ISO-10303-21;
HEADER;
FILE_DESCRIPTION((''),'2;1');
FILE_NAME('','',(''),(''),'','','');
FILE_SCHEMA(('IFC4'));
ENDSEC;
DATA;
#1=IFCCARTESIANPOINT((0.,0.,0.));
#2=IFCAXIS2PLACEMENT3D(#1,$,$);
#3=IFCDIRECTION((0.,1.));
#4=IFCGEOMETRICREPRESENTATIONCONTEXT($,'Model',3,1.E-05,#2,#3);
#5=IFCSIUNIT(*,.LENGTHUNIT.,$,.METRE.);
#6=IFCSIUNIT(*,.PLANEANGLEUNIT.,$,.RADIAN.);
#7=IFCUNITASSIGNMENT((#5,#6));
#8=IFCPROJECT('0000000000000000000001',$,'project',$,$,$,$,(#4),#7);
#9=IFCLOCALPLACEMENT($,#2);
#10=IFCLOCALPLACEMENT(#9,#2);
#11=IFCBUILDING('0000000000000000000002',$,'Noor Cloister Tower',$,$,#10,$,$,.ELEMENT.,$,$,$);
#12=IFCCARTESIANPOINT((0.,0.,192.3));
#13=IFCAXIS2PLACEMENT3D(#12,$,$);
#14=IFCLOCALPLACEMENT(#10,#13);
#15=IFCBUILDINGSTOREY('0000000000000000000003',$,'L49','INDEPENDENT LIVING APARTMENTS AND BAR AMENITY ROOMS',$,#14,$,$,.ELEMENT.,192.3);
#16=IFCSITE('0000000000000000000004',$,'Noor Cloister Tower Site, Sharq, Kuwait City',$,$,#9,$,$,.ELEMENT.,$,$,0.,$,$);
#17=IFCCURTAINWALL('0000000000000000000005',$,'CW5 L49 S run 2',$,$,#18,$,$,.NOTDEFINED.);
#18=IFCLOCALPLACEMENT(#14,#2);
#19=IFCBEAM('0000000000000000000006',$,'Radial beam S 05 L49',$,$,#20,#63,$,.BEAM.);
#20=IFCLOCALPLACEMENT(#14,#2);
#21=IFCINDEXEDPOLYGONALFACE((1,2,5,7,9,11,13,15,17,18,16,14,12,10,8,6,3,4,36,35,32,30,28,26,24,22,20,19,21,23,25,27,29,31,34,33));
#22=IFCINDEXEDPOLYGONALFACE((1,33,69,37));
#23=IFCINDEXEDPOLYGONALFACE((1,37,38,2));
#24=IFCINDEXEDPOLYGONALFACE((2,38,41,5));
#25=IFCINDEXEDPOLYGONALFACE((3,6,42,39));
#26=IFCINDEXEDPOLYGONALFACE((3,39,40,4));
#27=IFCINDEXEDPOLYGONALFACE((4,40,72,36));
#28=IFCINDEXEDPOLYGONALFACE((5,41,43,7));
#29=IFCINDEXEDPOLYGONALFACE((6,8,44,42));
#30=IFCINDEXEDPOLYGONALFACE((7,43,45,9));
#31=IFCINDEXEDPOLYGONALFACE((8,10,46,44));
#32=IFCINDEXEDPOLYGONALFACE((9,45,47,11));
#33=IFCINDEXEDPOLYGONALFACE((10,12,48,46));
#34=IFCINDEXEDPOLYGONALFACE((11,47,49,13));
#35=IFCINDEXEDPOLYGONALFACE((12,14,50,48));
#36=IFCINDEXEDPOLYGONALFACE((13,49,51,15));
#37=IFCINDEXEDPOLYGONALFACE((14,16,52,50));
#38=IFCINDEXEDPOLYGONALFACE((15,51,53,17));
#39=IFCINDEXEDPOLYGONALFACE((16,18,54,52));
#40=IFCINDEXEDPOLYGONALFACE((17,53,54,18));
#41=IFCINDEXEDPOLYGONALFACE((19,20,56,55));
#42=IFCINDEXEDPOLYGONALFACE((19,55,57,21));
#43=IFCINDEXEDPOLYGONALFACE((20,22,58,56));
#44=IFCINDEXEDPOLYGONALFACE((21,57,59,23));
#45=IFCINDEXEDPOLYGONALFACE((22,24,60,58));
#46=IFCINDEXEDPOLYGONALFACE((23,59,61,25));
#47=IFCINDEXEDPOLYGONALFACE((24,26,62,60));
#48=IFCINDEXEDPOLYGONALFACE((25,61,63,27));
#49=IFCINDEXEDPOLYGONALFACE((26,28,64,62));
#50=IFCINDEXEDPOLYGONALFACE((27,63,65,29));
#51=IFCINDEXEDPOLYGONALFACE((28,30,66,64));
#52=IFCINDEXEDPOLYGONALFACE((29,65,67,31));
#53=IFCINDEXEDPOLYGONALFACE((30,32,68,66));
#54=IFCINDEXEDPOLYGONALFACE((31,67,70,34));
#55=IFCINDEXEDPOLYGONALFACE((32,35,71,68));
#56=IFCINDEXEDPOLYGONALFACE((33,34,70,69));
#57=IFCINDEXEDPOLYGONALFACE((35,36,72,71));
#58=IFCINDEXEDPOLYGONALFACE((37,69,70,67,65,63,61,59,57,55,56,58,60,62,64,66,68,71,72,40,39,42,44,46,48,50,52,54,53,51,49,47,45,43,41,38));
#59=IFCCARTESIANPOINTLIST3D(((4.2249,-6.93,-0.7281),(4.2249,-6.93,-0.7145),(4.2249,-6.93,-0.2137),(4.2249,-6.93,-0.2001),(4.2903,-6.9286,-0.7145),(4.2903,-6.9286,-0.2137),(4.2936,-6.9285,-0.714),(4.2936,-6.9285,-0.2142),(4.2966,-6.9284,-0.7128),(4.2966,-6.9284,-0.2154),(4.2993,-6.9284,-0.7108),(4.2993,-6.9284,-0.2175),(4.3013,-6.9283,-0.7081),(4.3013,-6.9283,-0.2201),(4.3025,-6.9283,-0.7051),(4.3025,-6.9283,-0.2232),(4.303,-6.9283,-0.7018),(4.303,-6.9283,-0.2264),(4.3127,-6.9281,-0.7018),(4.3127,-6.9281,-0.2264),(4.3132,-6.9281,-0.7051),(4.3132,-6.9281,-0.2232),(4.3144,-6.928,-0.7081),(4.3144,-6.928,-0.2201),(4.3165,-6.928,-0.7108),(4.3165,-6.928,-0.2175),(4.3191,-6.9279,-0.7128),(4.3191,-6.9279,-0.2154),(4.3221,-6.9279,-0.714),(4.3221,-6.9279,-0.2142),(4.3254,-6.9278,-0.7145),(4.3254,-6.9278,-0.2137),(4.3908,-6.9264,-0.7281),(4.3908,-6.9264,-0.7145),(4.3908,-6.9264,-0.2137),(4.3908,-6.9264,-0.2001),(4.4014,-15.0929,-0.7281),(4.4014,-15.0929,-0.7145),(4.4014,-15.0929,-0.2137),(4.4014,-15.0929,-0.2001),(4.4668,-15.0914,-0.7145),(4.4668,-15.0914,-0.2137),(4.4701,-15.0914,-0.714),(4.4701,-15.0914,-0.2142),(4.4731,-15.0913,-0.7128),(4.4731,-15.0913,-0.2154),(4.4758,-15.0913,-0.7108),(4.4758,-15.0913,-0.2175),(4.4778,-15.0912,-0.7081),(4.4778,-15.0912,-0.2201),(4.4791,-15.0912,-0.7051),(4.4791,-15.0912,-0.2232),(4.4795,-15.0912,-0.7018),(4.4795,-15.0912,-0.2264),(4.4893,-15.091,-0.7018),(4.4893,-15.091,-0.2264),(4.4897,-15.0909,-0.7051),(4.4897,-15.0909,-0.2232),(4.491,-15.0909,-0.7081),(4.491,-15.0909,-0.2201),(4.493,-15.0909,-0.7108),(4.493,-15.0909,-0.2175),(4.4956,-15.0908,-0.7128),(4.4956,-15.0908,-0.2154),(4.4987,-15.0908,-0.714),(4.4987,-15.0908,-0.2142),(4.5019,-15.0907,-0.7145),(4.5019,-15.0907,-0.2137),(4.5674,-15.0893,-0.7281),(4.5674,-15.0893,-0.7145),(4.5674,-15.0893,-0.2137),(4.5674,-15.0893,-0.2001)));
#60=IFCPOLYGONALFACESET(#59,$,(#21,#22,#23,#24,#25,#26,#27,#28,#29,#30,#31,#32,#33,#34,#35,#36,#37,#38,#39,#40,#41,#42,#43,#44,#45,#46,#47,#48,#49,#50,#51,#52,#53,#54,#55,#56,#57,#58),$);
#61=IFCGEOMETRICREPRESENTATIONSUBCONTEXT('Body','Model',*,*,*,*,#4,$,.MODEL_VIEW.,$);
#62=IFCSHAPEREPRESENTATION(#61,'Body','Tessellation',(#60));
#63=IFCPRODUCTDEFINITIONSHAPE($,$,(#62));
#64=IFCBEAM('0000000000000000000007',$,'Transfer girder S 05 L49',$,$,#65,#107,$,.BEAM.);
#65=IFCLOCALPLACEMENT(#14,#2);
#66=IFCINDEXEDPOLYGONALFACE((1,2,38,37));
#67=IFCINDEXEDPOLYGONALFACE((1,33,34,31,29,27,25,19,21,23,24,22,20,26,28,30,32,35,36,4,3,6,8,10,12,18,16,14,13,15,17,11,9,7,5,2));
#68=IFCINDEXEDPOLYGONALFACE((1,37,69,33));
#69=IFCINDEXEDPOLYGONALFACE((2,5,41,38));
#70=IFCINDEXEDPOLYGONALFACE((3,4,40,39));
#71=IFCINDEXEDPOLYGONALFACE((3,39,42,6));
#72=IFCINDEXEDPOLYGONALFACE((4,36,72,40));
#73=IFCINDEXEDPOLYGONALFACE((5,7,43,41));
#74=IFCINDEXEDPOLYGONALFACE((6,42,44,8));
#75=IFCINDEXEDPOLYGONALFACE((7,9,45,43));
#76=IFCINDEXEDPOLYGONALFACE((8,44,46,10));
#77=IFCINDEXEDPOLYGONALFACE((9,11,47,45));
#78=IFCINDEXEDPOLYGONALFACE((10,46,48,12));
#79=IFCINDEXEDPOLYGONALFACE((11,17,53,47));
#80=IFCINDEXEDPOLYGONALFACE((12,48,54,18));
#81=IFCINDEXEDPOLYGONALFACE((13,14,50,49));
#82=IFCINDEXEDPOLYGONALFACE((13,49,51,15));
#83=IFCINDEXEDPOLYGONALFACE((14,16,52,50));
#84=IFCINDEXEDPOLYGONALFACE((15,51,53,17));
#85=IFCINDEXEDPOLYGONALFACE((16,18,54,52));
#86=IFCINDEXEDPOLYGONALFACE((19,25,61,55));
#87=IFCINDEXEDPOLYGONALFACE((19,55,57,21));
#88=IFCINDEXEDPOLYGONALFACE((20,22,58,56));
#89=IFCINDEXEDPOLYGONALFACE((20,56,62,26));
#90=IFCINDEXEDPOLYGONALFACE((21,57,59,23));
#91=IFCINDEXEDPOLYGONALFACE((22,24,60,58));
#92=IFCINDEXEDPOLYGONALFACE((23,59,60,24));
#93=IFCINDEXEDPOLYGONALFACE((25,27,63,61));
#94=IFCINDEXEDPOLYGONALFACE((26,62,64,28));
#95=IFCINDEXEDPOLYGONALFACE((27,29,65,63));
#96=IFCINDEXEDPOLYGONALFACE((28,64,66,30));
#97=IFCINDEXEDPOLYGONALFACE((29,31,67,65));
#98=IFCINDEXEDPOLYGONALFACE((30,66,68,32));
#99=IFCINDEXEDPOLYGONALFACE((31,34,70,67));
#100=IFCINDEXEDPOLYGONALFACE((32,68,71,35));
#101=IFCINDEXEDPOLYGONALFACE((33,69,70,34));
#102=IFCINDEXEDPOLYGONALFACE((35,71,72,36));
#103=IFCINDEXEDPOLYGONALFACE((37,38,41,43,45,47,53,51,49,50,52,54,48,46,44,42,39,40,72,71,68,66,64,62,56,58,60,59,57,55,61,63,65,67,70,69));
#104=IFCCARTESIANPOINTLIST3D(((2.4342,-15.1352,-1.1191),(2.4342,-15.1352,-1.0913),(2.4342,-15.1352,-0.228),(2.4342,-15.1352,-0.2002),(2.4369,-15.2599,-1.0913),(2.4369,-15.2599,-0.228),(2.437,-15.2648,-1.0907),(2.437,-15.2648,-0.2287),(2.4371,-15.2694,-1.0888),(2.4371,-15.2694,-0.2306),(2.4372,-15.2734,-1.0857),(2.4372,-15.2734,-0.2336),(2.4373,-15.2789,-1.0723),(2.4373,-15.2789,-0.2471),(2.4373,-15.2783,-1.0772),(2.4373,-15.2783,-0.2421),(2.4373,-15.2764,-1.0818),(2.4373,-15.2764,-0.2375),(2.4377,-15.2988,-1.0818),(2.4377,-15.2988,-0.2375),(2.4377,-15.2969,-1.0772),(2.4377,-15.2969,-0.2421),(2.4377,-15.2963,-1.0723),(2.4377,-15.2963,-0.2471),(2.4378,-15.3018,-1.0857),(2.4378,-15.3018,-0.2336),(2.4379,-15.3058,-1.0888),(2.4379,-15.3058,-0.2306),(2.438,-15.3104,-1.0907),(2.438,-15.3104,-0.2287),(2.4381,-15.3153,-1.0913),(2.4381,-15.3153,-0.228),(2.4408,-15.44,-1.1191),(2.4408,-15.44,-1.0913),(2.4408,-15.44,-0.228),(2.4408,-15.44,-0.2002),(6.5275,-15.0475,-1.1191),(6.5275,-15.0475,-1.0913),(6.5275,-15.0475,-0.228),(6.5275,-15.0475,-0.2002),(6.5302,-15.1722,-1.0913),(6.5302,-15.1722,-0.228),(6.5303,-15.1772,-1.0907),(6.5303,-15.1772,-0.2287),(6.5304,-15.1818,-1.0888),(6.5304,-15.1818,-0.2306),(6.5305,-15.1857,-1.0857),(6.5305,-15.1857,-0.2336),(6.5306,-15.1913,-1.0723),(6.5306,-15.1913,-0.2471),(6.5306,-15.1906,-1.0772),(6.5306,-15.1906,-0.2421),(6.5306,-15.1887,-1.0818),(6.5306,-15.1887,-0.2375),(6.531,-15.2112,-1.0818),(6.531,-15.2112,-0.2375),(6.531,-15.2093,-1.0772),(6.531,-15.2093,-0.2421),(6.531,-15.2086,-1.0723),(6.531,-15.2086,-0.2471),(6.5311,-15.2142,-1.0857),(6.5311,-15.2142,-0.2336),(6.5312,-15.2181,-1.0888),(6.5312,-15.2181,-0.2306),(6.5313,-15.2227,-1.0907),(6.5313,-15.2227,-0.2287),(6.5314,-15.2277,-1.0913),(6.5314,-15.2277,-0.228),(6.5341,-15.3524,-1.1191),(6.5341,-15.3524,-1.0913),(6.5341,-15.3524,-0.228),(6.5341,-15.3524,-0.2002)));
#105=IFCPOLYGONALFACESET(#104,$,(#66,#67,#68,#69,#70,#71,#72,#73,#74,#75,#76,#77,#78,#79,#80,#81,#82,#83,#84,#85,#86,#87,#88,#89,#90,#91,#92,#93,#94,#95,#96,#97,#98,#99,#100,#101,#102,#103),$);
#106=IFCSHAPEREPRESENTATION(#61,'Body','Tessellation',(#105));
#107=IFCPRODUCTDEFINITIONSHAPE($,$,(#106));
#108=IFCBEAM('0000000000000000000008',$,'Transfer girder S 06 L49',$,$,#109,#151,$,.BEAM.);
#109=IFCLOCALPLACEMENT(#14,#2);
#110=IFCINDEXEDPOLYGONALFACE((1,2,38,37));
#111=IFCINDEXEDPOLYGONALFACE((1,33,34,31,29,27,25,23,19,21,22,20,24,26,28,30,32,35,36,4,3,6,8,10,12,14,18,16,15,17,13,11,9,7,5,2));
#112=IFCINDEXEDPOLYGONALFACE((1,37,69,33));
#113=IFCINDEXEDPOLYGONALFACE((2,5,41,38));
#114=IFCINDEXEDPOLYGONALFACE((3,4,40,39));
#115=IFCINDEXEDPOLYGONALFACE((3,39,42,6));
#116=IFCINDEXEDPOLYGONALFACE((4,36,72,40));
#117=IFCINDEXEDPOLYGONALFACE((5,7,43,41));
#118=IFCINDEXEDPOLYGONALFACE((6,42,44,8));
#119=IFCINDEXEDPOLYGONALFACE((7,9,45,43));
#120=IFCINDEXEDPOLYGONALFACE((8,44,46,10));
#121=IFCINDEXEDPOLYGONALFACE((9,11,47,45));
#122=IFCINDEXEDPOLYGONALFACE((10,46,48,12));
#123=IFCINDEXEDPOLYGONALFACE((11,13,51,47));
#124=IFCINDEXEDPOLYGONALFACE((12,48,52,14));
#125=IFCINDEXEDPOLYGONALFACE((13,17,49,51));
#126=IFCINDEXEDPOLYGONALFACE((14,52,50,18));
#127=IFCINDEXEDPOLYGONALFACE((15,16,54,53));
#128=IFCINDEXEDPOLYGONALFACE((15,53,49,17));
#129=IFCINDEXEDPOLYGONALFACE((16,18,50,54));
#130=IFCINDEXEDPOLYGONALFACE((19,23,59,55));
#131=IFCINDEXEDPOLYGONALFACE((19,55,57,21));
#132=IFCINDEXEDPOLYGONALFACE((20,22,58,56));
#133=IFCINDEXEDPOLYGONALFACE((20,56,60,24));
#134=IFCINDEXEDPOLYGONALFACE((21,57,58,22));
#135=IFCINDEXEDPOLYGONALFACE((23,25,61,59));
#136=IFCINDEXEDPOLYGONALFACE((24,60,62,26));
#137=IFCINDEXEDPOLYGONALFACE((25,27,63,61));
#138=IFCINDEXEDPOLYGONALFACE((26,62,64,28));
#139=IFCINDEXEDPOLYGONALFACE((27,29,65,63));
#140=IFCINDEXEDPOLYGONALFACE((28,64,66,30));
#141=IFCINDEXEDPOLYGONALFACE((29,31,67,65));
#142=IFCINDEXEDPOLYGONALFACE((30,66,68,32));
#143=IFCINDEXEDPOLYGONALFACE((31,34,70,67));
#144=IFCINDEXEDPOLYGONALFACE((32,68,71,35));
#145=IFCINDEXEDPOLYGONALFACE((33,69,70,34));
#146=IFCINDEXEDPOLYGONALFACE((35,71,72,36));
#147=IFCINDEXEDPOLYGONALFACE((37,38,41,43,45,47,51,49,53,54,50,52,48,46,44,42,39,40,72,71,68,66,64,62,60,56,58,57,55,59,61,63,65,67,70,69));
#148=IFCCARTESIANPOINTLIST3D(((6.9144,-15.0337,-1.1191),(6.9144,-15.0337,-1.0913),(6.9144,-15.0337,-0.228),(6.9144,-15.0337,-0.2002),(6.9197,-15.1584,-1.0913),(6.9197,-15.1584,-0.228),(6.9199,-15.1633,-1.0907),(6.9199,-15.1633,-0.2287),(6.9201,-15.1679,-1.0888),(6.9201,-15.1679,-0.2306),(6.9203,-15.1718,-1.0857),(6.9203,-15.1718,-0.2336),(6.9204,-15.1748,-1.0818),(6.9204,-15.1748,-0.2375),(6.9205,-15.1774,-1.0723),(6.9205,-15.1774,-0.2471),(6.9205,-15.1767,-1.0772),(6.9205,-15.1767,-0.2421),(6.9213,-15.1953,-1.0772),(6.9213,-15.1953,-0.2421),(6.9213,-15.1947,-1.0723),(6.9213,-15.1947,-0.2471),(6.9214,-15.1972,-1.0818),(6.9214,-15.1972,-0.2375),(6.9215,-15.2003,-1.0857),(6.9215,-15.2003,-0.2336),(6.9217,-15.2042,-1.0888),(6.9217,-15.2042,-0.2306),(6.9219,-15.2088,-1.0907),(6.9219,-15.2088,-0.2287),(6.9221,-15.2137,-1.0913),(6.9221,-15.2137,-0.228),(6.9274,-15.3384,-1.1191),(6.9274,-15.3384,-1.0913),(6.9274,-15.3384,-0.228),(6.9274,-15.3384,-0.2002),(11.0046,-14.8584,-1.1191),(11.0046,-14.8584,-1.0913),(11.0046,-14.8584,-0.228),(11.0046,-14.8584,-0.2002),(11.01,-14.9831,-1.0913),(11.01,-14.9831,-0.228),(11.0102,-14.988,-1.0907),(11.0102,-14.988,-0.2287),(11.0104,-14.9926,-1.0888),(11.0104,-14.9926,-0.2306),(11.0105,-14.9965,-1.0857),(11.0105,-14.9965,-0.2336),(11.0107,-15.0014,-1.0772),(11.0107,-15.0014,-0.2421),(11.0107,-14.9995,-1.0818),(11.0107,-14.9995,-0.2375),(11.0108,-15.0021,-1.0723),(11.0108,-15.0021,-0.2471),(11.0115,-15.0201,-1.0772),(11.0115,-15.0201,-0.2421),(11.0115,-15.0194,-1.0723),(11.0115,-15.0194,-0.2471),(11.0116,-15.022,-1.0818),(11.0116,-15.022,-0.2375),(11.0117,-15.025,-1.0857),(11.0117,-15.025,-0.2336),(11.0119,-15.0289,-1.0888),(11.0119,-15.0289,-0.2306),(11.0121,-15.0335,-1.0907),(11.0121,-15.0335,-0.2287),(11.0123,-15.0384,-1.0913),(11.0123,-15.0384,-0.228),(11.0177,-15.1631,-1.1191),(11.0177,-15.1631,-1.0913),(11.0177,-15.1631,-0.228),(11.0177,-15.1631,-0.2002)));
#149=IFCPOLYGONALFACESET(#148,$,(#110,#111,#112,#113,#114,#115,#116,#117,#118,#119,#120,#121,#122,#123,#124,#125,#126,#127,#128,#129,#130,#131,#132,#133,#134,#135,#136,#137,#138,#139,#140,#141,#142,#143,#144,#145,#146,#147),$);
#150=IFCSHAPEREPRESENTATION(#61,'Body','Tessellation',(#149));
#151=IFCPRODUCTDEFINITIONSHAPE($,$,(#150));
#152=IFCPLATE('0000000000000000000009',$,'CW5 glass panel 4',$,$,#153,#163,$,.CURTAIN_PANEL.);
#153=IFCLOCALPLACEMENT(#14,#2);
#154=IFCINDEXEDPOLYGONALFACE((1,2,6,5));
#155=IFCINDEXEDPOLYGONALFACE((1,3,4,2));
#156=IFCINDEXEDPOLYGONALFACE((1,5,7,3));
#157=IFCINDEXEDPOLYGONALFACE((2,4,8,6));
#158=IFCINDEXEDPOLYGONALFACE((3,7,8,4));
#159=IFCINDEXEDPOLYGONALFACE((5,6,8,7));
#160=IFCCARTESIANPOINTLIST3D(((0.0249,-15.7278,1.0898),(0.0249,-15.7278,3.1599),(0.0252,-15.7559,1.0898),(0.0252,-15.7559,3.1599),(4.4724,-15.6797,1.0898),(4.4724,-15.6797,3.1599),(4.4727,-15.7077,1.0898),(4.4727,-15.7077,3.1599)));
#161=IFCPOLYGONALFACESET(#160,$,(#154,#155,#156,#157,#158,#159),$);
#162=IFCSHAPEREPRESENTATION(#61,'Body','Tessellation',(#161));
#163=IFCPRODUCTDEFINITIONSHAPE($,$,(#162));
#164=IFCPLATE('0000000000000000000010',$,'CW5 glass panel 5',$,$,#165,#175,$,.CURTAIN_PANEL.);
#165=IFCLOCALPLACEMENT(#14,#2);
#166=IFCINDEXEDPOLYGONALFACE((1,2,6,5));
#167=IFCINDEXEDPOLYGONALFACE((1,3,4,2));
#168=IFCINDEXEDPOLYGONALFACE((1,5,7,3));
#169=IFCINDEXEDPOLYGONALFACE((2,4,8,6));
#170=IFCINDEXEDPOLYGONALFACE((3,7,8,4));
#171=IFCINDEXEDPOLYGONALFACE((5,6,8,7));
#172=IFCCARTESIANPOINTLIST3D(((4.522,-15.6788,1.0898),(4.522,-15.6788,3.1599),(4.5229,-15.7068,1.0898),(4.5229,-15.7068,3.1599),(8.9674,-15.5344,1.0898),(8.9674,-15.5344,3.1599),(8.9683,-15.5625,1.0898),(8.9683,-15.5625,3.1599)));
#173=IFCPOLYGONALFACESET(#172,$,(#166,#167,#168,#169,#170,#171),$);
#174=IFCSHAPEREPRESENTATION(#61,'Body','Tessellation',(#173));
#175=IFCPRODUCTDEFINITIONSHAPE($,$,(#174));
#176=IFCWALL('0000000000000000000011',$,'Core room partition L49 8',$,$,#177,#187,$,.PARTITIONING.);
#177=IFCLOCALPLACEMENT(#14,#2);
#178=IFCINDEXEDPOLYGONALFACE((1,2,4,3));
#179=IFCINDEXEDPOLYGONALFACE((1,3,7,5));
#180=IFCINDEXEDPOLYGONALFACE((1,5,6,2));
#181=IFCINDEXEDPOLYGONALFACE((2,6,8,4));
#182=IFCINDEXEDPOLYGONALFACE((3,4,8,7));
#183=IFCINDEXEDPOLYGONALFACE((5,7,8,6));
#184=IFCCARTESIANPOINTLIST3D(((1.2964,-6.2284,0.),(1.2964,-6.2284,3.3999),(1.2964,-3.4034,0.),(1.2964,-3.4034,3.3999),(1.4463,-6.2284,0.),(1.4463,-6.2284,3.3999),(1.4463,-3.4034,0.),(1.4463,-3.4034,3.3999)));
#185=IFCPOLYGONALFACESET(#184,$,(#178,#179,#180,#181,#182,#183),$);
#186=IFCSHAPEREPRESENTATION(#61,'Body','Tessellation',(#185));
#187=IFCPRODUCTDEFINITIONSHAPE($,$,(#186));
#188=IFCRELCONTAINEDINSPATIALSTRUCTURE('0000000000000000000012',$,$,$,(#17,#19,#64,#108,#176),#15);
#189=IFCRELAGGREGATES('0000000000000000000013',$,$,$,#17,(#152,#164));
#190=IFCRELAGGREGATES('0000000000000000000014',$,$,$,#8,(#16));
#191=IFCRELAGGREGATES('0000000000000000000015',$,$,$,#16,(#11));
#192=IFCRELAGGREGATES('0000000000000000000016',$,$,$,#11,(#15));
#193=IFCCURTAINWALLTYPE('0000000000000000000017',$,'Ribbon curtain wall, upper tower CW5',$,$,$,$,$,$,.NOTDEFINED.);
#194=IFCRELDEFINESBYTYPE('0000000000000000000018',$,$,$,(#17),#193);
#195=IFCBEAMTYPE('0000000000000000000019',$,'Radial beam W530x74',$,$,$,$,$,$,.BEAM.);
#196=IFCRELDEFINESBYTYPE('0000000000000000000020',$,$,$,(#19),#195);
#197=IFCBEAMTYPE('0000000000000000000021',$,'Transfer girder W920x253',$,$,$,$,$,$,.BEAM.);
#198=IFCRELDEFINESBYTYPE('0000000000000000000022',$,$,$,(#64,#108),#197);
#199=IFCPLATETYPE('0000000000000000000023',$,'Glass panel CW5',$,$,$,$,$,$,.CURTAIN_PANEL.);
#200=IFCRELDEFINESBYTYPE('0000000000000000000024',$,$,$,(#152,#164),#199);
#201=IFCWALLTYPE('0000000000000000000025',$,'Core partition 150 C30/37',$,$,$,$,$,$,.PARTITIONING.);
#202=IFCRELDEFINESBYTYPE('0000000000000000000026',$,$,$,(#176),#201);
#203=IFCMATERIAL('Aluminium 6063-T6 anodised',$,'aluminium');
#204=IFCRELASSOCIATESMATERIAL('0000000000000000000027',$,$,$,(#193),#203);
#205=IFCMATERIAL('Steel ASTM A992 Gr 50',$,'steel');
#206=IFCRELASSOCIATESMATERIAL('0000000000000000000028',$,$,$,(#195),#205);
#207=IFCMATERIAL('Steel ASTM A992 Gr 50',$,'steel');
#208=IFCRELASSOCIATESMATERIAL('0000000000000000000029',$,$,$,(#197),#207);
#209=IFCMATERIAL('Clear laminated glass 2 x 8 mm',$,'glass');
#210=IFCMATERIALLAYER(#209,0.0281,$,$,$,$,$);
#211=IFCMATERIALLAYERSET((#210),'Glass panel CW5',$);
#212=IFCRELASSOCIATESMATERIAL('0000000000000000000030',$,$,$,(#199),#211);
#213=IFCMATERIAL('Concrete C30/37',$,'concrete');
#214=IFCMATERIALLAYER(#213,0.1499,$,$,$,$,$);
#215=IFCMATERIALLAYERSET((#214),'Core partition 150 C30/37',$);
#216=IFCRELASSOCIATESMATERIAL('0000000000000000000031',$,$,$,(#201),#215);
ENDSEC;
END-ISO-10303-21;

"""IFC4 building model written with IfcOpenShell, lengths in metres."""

from ifc_helpers import new_model, si_unit, direction, frame, frame_2d, origin, origin_2d, place, context, subcontext, project, spatial, rectangle, i_section, extrude, material, layer, layer_set, material_profile, profile_set, type_object, element, aggregate, save


model = new_model("IFC4")

# Units and contexts
model_context = context("Model", 3, precision=1e-05, world=origin(), true_north=direction((0.0, 1.0)))
body_context = subcontext(model_context, "Body", "Model", "MODEL_VIEW")
ifc_project = project(units=[si_unit("LENGTHUNIT", "METRE"), si_unit("PLANEANGLEUNIT", "RADIAN")], contexts=[model_context])

# Site, building, storey
site_placement = place(None, origin())
site = spatial("IfcSite", under=ifc_project, at=site_placement, Name="Noor Cloister Tower Site, Sharq, Kuwait City", CompositionType="ELEMENT", RefElevation=0.0)
building_placement = place(site_placement, origin())
building = spatial("IfcBuilding", under=site, at=building_placement, Name="Noor Cloister Tower", CompositionType="ELEMENT")
storey_placement = place(building_placement, frame((0.0, 0.0, 192.3)))
storey = spatial("IfcBuildingStorey", under=building, at=storey_placement, Name="L49", Description="INDEPENDENT LIVING APARTMENTS AND BAR AMENITY ROOMS", CompositionType="ELEMENT", Elevation=192.3)

# Curtain wall
ifc_material_1 = material(Name="Aluminium 6063-T6 anodised", Category="aluminium")
curtain_wall_type = type_object("IfcCurtainWallType", Name="Ribbon curtain wall, upper tower CW5", PredefinedType="NOTDEFINED", material=ifc_material_1)
curtain_wall_placement = place(storey_placement, origin())
curtain_wall = element("IfcCurtainWall", 1, at=curtain_wall_placement, inside=storey, type_object=curtain_wall_type, Name="CW5 L49 S run 2", PredefinedType="NOTDEFINED")

# Beams
ifc_material_2 = material(Name="Steel ASTM A992 Gr 50", Category="steel")
ifc_material_profile_1 = material_profile(ifc_material_2, i_section(OverallWidth=0.166, OverallDepth=0.5281, WebThickness=0.0098, FlangeThickness=0.0137, FilletRadius=0.0127, at=origin_2d()), Name="W530x74")
ifc_profile_set_1 = profile_set([ifc_material_profile_1], Name="Steel ASTM A992 Gr 50")
beam_type_1 = type_object("IfcBeamType", Name="Radial beam W530x74", PredefinedType="BEAM", material=ifc_profile_set_1)
beam_1_placement = place(storey_placement, frame((4.4844, -15.0911, -0.4641), z_axis=(-0.021619, 0.999766, 0.0), x_axis=(-0.999766, -0.021619, 0.0)))
element("IfcBeam", 2, at=beam_1_placement, inside=storey, type_object=beam_type_1, Name="Radial beam S 05 L49", PredefinedType="BEAM", context=body_context, shape_type="SweptSolid", body=[
    extrude(i_section(OverallWidth=0.166, OverallDepth=0.5281, WebThickness=0.0098, FlangeThickness=0.0137, FilletRadius=0.0127, at=origin_2d()), origin(), (0.0, 0.0, 1.0), 8.1648),
])
ifc_material_3 = material(Name="Steel ASTM A992 Gr 50", Category="steel")
ifc_material_profile_2 = material_profile(ifc_material_3, i_section(OverallWidth=0.3049, OverallDepth=0.9189, WebThickness=0.0173, FlangeThickness=0.0278, FilletRadius=0.019, at=origin_2d()), Name="W920x253")
ifc_profile_set_2 = profile_set([ifc_material_profile_2], Name="Steel ASTM A992 Gr 50")
beam_type_2 = type_object("IfcBeamType", Name="Transfer girder W920x253", PredefinedType="BEAM", material=ifc_profile_set_2)
beam_2_placement = place(storey_placement, frame((2.4375, -15.2876, -0.6597), z_axis=(0.999771, 0.021407, 0.0), x_axis=(-0.021407, 0.999771, 0.0)))
element("IfcBeam", 3, at=beam_2_placement, inside=storey, type_object=beam_type_2, Name="Transfer girder S 05 L49", PredefinedType="BEAM", context=body_context, shape_type="SweptSolid", body=[
    extrude(i_section(OverallWidth=0.3049, OverallDepth=0.9189, WebThickness=0.0173, FlangeThickness=0.0278, FilletRadius=0.019, at=origin_2d()), origin(), (0.0, 0.0, 1.0), 4.0942),
])
beam_3_placement = place(storey_placement, frame((6.9209, -15.186, -0.6597), z_axis=(0.999083, 0.042816, 0.0), x_axis=(-0.042816, 0.999083, 0.0)))
element("IfcBeam", 4, at=beam_3_placement, inside=storey, type_object=beam_type_2, Name="Transfer girder S 06 L49", PredefinedType="BEAM", context=body_context, shape_type="SweptSolid", body=[
    extrude(i_section(OverallWidth=0.3049, OverallDepth=0.9189, WebThickness=0.0173, FlangeThickness=0.0278, FilletRadius=0.019, at=origin_2d()), origin(), (0.0, 0.0, 1.0), 4.094),
])

# Plates
ifc_material_4 = material(Name="Clear laminated glass 2 x 8 mm", Category="glass")
ifc_layer_1 = layer(ifc_material_4, 0.0281)
ifc_layer_set_1 = layer_set([ifc_layer_1], Name="Glass panel CW5")
plate_type = type_object("IfcPlateType", Name="Glass panel CW5", PredefinedType="CURTAIN_PANEL", material=ifc_layer_set_1)
plate_1_placement = place(storey_placement, frame((2.2488, -15.7178, 1.0898), z_axis=(0.0, 0.0, 1.0), x_axis=(0.999941, 0.01082, 0.0)))
plate_1 = element("IfcPlate", 5, at=plate_1_placement, type_object=plate_type, Name="CW5 glass panel 4", PredefinedType="CURTAIN_PANEL", context=body_context, shape_type="SweptSolid", body=[
    extrude(rectangle(XDim=4.4478, YDim=0.0281, at=origin_2d()), origin(), (0.0, 0.0, 1.0), 2.0701),
])
plate_2_placement = place(storey_placement, frame((6.7451, -15.6206, 1.0898), z_axis=(0.0, 0.0, 1.0), x_axis=(0.999473, 0.032455, 0.0)))
plate_2 = element("IfcPlate", 6, at=plate_2_placement, type_object=plate_type, Name="CW5 glass panel 5", PredefinedType="CURTAIN_PANEL", context=body_context, shape_type="SweptSolid", body=[
    extrude(rectangle(XDim=4.4478, YDim=0.0281, at=origin_2d()), origin(), (0.0, 0.0, 1.0), 2.0701),
])
aggregate(curtain_wall, [plate_1, plate_2])

# Wall
ifc_material_5 = material(Name="Concrete C30/37", Category="concrete")
ifc_layer_2 = layer(ifc_material_5, 0.1499)
ifc_layer_set_2 = layer_set([ifc_layer_2], Name="Core partition 150 C30/37")
wall_type_1 = type_object("IfcWallType", Name="Core partition 150 C30/37", PredefinedType="PARTITIONING", material=ifc_layer_set_2)
wall_1_placement = place(storey_placement, frame((1.3713, -3.4033, 0.0), z_axis=(0.0, 0.0, 1.0), x_axis=(0.0, -1.0, 0.0)))
element("IfcWall", 7, at=wall_1_placement, inside=storey, type_object=wall_type_1, Name="Core room partition L49 8", PredefinedType="PARTITIONING", context=body_context, shape_type="SweptSolid", body=[
    extrude(rectangle(XDim=2.825, YDim=0.1499, at=frame_2d((1.4126, 0.0))), origin(), (0.0, 0.0, 1.0), 3.3999),
])

save(model, "model.ifc")
